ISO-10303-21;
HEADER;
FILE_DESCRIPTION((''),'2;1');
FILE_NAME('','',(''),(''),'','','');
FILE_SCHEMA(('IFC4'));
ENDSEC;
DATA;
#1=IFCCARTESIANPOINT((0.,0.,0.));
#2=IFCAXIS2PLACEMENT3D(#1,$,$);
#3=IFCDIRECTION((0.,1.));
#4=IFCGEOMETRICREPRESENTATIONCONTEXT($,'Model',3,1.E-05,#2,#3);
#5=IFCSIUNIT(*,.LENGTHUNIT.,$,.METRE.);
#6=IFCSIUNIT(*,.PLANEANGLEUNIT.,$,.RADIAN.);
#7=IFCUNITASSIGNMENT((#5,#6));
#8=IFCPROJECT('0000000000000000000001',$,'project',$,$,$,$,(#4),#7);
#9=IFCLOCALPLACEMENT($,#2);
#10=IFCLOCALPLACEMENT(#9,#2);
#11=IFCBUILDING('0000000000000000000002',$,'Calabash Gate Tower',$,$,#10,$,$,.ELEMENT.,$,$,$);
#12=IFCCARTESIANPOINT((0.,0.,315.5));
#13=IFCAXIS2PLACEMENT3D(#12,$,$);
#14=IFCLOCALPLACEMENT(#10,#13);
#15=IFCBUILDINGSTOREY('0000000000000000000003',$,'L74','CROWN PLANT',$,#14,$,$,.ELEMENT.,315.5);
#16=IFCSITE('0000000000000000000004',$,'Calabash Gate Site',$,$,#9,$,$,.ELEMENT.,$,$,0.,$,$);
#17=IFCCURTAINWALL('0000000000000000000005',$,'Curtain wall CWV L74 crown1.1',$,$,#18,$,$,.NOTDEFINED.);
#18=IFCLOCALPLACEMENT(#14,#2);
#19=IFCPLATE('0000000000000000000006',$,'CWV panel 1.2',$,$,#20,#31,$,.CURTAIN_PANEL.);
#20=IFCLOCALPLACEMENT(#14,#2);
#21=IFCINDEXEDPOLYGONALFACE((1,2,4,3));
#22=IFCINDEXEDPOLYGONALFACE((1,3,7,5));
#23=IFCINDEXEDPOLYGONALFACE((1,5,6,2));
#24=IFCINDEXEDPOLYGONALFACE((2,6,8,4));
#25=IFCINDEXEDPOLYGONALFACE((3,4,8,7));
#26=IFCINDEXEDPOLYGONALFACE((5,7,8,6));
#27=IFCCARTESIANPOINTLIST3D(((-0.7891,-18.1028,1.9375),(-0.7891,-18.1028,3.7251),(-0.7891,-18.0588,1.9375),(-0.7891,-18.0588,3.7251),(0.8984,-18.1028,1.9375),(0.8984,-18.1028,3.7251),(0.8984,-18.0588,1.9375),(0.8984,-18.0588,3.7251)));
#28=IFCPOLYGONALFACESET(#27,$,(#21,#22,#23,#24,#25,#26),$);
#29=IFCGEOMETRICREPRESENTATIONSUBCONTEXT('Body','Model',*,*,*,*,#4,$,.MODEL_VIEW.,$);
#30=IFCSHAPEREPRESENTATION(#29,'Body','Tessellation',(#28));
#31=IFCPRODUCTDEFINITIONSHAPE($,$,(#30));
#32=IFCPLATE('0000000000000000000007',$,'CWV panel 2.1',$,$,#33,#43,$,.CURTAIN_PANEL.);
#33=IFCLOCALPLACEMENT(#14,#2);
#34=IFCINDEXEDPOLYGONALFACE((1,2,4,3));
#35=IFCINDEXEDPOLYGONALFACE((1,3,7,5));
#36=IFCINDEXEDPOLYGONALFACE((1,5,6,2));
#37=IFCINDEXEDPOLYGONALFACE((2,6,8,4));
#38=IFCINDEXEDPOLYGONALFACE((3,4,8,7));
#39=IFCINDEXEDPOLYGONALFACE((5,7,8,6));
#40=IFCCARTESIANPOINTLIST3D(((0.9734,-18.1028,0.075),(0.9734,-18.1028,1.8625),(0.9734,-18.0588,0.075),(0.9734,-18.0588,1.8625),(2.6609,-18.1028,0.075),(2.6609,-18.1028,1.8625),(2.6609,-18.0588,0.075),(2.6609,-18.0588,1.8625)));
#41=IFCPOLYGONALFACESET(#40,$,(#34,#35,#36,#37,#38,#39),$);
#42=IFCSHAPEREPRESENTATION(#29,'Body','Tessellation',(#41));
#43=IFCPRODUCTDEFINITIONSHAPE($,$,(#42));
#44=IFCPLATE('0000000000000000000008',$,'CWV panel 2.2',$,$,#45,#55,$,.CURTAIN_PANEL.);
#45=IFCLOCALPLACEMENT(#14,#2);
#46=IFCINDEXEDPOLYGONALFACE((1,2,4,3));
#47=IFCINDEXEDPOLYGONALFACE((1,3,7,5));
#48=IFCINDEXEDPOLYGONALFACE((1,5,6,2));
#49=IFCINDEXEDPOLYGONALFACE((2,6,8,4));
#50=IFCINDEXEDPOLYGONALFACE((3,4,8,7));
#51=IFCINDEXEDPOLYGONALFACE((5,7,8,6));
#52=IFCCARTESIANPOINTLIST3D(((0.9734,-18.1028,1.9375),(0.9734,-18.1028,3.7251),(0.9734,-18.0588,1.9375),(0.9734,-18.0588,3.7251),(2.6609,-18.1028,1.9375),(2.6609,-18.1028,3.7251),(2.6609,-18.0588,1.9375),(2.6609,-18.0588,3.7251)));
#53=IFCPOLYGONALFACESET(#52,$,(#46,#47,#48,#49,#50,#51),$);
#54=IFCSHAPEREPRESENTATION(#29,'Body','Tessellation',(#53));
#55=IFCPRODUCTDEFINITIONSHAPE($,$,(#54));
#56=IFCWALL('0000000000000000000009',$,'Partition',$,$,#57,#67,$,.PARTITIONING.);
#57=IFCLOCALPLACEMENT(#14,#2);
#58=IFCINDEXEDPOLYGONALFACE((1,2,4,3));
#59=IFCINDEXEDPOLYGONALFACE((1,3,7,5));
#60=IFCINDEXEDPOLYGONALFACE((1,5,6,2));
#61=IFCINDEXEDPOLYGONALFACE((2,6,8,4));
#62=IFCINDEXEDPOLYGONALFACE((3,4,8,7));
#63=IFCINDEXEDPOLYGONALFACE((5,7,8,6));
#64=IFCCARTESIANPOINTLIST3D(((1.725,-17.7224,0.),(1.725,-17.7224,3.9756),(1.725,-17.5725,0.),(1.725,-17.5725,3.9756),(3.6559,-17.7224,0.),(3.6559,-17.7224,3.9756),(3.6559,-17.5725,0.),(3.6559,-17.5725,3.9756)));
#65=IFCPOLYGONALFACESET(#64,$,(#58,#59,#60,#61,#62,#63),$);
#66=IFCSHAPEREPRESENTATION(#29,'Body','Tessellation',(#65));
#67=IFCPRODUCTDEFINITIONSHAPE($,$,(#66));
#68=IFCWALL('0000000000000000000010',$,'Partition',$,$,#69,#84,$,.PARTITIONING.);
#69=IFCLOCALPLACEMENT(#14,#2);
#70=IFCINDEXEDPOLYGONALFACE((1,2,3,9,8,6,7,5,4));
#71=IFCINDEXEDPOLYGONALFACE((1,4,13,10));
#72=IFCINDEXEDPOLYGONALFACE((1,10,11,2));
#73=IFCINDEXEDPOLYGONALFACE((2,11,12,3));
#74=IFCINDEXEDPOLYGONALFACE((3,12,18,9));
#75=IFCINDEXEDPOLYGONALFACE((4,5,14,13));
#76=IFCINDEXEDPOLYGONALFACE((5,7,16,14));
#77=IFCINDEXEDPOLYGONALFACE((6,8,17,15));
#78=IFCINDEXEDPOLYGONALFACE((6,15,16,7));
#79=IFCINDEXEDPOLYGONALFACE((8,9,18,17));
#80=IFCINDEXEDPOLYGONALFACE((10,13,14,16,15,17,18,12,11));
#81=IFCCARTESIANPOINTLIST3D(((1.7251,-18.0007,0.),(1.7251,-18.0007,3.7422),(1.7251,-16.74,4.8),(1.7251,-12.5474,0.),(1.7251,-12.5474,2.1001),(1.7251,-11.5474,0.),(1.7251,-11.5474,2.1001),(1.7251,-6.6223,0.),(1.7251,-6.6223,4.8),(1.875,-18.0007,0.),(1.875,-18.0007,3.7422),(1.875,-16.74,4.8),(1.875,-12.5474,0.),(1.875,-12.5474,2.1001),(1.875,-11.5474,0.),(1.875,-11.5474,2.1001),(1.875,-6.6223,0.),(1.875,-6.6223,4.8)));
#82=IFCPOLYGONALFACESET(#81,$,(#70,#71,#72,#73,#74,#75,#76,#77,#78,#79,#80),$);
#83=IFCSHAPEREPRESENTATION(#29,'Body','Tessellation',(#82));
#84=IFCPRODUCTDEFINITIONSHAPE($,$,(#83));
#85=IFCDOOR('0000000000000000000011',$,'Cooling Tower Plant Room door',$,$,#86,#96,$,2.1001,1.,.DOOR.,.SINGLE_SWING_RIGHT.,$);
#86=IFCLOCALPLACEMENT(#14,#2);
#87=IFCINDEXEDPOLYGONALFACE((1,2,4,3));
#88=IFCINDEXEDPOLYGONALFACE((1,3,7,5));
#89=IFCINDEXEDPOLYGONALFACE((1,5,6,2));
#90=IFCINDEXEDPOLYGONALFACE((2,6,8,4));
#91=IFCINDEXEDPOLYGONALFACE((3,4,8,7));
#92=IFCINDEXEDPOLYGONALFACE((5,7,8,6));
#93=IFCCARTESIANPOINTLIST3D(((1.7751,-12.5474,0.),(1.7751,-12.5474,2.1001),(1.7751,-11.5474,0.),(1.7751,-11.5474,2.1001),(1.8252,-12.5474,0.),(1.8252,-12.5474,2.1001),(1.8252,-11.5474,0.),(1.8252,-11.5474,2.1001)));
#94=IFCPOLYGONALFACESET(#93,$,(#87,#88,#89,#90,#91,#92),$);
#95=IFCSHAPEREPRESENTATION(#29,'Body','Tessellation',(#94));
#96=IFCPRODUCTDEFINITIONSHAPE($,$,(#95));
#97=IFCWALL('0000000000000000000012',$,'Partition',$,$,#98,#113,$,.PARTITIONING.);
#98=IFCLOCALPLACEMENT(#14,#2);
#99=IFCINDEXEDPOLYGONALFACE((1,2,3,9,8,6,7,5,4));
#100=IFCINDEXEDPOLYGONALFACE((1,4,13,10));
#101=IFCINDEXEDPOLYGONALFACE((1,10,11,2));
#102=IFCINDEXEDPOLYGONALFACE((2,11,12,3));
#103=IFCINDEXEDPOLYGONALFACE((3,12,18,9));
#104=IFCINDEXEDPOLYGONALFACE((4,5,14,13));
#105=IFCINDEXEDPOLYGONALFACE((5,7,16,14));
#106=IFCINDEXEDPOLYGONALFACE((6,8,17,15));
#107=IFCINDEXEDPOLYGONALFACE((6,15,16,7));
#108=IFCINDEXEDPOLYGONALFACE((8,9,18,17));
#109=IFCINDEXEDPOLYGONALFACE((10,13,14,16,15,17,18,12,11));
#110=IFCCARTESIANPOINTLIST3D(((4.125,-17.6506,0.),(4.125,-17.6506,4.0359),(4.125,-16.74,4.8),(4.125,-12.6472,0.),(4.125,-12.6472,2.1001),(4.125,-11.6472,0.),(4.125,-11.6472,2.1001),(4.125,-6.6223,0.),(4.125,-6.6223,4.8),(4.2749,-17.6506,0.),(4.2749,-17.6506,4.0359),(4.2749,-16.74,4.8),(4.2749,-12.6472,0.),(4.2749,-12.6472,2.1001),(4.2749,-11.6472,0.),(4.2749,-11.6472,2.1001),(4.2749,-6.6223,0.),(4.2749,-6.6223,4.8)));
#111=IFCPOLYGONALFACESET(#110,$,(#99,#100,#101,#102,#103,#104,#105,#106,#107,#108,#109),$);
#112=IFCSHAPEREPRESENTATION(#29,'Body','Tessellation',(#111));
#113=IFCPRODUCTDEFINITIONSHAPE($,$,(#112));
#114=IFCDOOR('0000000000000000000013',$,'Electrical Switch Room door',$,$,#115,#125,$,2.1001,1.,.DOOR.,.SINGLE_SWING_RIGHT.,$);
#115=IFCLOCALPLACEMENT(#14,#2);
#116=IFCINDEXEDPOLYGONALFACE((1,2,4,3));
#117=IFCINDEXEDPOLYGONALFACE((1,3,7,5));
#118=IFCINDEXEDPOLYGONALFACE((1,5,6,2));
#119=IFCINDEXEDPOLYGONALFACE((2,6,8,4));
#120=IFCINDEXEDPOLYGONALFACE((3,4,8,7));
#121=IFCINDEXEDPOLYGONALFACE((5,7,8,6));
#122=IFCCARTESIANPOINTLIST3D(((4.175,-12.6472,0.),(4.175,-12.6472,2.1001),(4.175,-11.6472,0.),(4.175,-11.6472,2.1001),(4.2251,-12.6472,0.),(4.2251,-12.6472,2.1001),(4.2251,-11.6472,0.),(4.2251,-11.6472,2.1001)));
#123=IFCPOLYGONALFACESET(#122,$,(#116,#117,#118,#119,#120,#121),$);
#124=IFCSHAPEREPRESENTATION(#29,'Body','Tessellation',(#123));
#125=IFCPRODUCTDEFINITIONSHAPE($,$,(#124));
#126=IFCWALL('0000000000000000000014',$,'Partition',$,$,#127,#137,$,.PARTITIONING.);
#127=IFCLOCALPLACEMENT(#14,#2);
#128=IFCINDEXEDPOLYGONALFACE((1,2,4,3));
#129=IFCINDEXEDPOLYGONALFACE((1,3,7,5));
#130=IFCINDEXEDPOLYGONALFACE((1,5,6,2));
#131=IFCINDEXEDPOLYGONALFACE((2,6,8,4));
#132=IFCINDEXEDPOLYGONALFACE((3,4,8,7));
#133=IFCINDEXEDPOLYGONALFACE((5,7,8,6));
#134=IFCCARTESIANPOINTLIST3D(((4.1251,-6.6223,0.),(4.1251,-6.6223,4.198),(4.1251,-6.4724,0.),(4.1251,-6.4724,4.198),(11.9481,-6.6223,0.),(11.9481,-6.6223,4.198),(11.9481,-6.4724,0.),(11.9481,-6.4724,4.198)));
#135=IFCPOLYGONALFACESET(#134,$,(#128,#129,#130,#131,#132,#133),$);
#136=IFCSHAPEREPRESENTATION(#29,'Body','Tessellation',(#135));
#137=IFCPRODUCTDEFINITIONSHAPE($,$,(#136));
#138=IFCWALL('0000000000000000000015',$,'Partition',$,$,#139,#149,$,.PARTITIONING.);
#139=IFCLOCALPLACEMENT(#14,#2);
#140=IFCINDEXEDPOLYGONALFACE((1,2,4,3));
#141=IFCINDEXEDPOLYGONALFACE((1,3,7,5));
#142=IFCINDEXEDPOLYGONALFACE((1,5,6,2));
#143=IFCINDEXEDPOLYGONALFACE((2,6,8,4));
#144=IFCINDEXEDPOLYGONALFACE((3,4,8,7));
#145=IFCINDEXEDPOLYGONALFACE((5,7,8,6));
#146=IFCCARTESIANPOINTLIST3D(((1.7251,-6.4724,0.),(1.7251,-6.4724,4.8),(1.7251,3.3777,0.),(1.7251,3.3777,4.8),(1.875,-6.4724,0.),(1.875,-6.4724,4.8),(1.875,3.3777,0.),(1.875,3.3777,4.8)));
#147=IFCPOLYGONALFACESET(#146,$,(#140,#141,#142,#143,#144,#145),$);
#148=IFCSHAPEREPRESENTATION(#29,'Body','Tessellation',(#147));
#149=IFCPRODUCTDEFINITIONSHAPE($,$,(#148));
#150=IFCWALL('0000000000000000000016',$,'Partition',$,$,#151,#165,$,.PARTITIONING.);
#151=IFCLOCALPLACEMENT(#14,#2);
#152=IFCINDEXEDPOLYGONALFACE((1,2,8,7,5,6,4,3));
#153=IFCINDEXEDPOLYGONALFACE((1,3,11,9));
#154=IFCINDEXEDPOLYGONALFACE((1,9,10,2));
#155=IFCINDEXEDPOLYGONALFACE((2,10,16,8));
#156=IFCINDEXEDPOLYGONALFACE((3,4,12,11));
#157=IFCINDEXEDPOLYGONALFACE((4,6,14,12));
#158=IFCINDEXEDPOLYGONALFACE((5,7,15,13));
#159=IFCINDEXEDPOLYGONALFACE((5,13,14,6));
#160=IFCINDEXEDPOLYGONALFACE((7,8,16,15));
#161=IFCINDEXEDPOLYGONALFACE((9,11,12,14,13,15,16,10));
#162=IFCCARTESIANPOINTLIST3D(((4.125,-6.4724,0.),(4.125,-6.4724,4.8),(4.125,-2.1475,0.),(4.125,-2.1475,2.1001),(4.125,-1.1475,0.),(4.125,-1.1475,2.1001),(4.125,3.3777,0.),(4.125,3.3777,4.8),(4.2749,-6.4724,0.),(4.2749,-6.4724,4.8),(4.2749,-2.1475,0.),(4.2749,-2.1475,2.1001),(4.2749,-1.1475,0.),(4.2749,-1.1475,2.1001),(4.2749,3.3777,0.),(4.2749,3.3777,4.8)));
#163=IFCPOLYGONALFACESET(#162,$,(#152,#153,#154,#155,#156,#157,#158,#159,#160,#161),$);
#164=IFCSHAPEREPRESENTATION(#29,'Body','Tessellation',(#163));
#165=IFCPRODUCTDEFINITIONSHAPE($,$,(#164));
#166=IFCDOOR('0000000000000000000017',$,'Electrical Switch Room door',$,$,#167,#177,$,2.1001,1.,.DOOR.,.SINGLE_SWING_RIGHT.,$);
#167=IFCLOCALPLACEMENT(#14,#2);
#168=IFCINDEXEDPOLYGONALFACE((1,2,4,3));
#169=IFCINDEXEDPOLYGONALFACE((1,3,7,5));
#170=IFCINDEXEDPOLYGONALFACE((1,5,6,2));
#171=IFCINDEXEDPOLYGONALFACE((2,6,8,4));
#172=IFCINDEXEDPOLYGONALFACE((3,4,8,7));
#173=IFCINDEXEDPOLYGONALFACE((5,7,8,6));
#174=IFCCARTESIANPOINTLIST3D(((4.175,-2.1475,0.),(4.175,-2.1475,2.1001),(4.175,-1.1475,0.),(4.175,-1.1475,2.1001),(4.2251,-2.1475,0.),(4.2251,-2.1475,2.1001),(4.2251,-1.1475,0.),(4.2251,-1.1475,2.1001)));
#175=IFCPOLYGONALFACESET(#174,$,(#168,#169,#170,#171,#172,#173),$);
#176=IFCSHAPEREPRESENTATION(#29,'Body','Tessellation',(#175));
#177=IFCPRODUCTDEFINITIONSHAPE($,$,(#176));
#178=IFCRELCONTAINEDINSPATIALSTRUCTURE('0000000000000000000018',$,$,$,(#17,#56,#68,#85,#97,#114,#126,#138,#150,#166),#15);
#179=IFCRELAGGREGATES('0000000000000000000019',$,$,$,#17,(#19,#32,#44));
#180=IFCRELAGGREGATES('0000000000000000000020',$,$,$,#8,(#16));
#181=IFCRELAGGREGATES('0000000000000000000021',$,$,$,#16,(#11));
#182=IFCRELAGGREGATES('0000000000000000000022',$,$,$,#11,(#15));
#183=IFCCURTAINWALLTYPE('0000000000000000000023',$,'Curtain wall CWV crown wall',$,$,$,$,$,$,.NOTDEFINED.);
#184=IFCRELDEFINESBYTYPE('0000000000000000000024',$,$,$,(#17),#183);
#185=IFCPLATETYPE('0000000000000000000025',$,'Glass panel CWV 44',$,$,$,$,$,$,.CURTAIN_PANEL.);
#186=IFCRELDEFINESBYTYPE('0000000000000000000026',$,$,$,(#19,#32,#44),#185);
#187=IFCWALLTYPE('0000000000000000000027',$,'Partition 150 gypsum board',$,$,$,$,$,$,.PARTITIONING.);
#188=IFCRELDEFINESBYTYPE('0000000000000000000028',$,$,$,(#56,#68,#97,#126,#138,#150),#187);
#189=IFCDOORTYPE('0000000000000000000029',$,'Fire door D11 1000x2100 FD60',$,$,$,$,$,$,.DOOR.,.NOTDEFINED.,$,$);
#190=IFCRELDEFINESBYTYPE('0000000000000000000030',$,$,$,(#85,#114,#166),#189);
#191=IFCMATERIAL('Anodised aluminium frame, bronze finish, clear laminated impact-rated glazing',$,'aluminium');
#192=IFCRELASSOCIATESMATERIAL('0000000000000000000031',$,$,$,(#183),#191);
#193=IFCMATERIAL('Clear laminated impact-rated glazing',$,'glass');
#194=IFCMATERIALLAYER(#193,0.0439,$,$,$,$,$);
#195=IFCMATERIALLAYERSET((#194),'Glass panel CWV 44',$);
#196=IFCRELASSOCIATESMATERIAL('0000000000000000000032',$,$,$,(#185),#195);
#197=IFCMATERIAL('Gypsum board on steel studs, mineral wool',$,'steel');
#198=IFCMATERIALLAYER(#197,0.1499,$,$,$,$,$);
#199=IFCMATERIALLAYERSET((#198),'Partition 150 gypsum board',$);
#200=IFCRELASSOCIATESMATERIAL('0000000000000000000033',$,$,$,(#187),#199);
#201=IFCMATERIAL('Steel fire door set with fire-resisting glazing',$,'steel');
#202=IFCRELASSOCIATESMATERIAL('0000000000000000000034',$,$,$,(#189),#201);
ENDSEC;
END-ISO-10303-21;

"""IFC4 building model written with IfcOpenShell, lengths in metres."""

from ifc_helpers import new_model, si_unit, direction, frame, frame_2d, origin, origin_2d, place, context, subcontext, project, spatial, polyline, rectangle, outline, extrude, material, layer, layer_set, type_object, element, fill, aggregate, save


model = new_model("IFC4")

# Units and contexts
model_context = context("Model", 3, precision=1e-05, world=origin(), true_north=direction((0.0, 1.0)))
body_context = subcontext(model_context, "Body", "Model", "MODEL_VIEW")
ifc_project = project(units=[si_unit("LENGTHUNIT", "METRE"), si_unit("PLANEANGLEUNIT", "RADIAN")], contexts=[model_context])

# Site, building, storey
site_placement = place(None, origin())
site = spatial("IfcSite", under=ifc_project, at=site_placement, Name="Calabash Gate Site", CompositionType="ELEMENT", RefElevation=0.0)
building_placement = place(site_placement, origin())
building = spatial("IfcBuilding", under=site, at=building_placement, Name="Calabash Gate Tower", CompositionType="ELEMENT")
storey_placement = place(building_placement, frame((0.0, 0.0, 315.5)))
storey = spatial("IfcBuildingStorey", under=building, at=storey_placement, Name="L74", Description="CROWN PLANT", CompositionType="ELEMENT", Elevation=315.5)

# Curtain wall, plates
ifc_material_1 = material(Name="Anodised aluminium frame, bronze finish, clear laminated impact-rated glazing", Category="aluminium")
curtain_wall_type = type_object("IfcCurtainWallType", Name="Curtain wall CWV crown wall", PredefinedType="NOTDEFINED", material=ifc_material_1)
curtain_wall_placement = place(storey_placement, origin())
curtain_wall = element("IfcCurtainWall", 1, at=curtain_wall_placement, inside=storey, type_object=curtain_wall_type, Name="Curtain wall CWV L74 crown1.1", PredefinedType="NOTDEFINED")
ifc_material_2 = material(Name="Clear laminated impact-rated glazing", Category="glass")
ifc_layer_1 = layer(ifc_material_2, 0.0439)
ifc_layer_set_1 = layer_set([ifc_layer_1], Name="Glass panel CWV 44")
plate_type = type_object("IfcPlateType", Name="Glass panel CWV 44", PredefinedType="CURTAIN_PANEL", material=ifc_layer_set_1)
plate_1_placement = place(storey_placement, frame((0.0547, -18.0808, 1.9375), z_axis=(0.0, 0.0, 1.0), x_axis=(1.0, 0.0, 0.0)))
plate_1 = element("IfcPlate", 2, at=plate_1_placement, type_object=plate_type, Name="CWV panel 1.2", PredefinedType="CURTAIN_PANEL", context=body_context, shape_type="SweptSolid", body=[
    extrude(rectangle(XDim=1.6875, YDim=0.0439, at=origin_2d()), origin(), (0.0, 0.0, 1.0), 1.7876),
])
plate_2_placement = place(storey_placement, frame((1.8171, -18.0808, 0.075), z_axis=(0.0, 0.0, 1.0), x_axis=(1.0, 0.0, 0.0)))
plate_2 = element("IfcPlate", 3, at=plate_2_placement, type_object=plate_type, Name="CWV panel 2.1", PredefinedType="CURTAIN_PANEL", context=body_context, shape_type="SweptSolid", body=[
    extrude(rectangle(XDim=1.6875, YDim=0.0439, at=origin_2d()), origin(), (0.0, 0.0, 1.0), 1.7876),
])
plate_3_placement = place(storey_placement, frame((1.8171, -18.0808, 1.9375), z_axis=(0.0, 0.0, 1.0), x_axis=(1.0, 0.0, 0.0)))
plate_3 = element("IfcPlate", 4, at=plate_3_placement, type_object=plate_type, Name="CWV panel 2.2", PredefinedType="CURTAIN_PANEL", context=body_context, shape_type="SweptSolid", body=[
    extrude(rectangle(XDim=1.6875, YDim=0.0439, at=origin_2d()), origin(), (0.0, 0.0, 1.0), 1.7876),
])
aggregate(curtain_wall, [plate_1, plate_2, plate_3])

# Wall
ifc_material_3 = material(Name="Gypsum board on steel studs, mineral wool", Category="steel")
ifc_layer_2 = layer(ifc_material_3, 0.1499)
ifc_layer_set_2 = layer_set([ifc_layer_2], Name="Partition 150 gypsum board")
wall_type_1 = type_object("IfcWallType", Name="Partition 150 gypsum board", PredefinedType="PARTITIONING", material=ifc_layer_set_2)
wall_1_placement = place(storey_placement, frame((1.7251, -17.6475, 0.0), z_axis=(0.0, 0.0, 1.0), x_axis=(1.0, 0.0, 0.0)))
element("IfcWall", 5, at=wall_1_placement, inside=storey, type_object=wall_type_1, Name="Partition", PredefinedType="PARTITIONING", context=body_context, shape_type="SweptSolid", body=[
    extrude(rectangle(XDim=1.9309, YDim=0.1499, at=frame_2d((0.9653, 0.0))), origin(), (0.0, 0.0, 1.0), 3.9756),
])

# Walls, openings, doors
wall_2_placement = place(storey_placement, frame((1.8, -18.0007, 0.0), z_axis=(0.0, 0.0, 1.0), x_axis=(0.0, 1.0, 0.0)))
wall_2 = element("IfcWall", 6, at=wall_2_placement, inside=storey, type_object=wall_type_1, Name="Partition", PredefinedType="PARTITIONING", context=body_context, shape_type="SweptSolid", body=[
    extrude(outline(polyline([(0.0, 0.0), (11.3784, 0.0), (11.3784, 4.8), (1.2607, 4.8), (0.0, 3.7422), (0.0, 0.0)])), frame((0.0, 0.075, 0.0), z_axis=(0.0, -1.0, 0.0), x_axis=(1.0, 0.0, 0.0)), (0.0, 0.0, 1.0), 0.1499),
])
opening_1_placement = place(wall_2_placement, frame((5.4534, 0.0, 0.0)))
opening_1 = element("IfcOpeningElement", 7, at=opening_1_placement, cuts=wall_2, PredefinedType="OPENING", context=body_context, shape_type="SweptSolid", body=[
    extrude(rectangle(XDim=1.0, YDim=2.1001, at=frame_2d((0.5, 1.05))), frame((0.0, 0.085, 0.0), z_axis=(0.0, -1.0, 0.0), x_axis=(1.0, 0.0, 0.0)), (0.0, 0.0, 1.0), 0.1699),
])
ifc_material_4 = material(Name="Steel fire door set with fire-resisting glazing", Category="steel")
door_type = type_object("IfcDoorType", Name="Fire door D11 1000x2100 FD60", OperationType="NOTDEFINED", PredefinedType="DOOR", material=ifc_material_4)
door_1_placement = place(opening_1_placement, origin())
door_1 = element("IfcDoor", 8, at=door_1_placement, inside=storey, type_object=door_type, Name="Cooling Tower Plant Room door", OperationType="SINGLE_SWING_RIGHT", OverallHeight=2.1001, OverallWidth=1.0, PredefinedType="DOOR", context=body_context, shape_type="SweptSolid", body=[
    extrude(rectangle(XDim=1.0, YDim=2.1001, at=frame_2d((0.5, 1.05))), frame((0.0, 0.0249, 0.0), z_axis=(0.0, -1.0, 0.0), x_axis=(1.0, 0.0, 0.0)), (0.0, 0.0, 1.0), 0.05),
])
fill(opening_1, door_1)
wall_3_placement = place(storey_placement, frame((4.2, -17.6506, 0.0), z_axis=(0.0, 0.0, 1.0), x_axis=(0.0, 1.0, 0.0)))
wall_3 = element("IfcWall", 9, at=wall_3_placement, inside=storey, type_object=wall_type_1, Name="Partition", PredefinedType="PARTITIONING", context=body_context, shape_type="SweptSolid", body=[
    extrude(outline(polyline([(0.0, 0.0), (11.0283, 0.0), (11.0283, 4.8), (0.9106, 4.8), (0.0, 4.0359), (0.0, 0.0)])), frame((0.0, 0.075, 0.0), z_axis=(0.0, -1.0, 0.0), x_axis=(1.0, 0.0, 0.0)), (0.0, 0.0, 1.0), 0.1499),
])
opening_2_placement = place(wall_3_placement, frame((5.0034, 0.0, 0.0)))
opening_2 = element("IfcOpeningElement", 10, at=opening_2_placement, cuts=wall_3, PredefinedType="OPENING", context=body_context, shape_type="SweptSolid", body=[
    extrude(rectangle(XDim=1.0, YDim=2.1001, at=frame_2d((0.5, 1.05))), frame((0.0, 0.085, 0.0), z_axis=(0.0, -1.0, 0.0), x_axis=(1.0, 0.0, 0.0)), (0.0, 0.0, 1.0), 0.1699),
])
door_2_placement = place(opening_2_placement, origin())
door_2 = element("IfcDoor", 11, at=door_2_placement, inside=storey, type_object=door_type, Name="Electrical Switch Room door", OperationType="SINGLE_SWING_RIGHT", OverallHeight=2.1001, OverallWidth=1.0, PredefinedType="DOOR", context=body_context, shape_type="SweptSolid", body=[
    extrude(rectangle(XDim=1.0, YDim=2.1001, at=frame_2d((0.5, 1.05))), frame((0.0, 0.0249, 0.0), z_axis=(0.0, -1.0, 0.0), x_axis=(1.0, 0.0, 0.0)), (0.0, 0.0, 1.0), 0.05),
])
fill(opening_2, door_2)

# Walls
wall_4_placement = place(storey_placement, frame((4.125, -6.5474, 0.0), z_axis=(0.0, 0.0, 1.0), x_axis=(1.0, 0.0, 0.0)))
element("IfcWall", 12, at=wall_4_placement, inside=storey, type_object=wall_type_1, Name="Partition", PredefinedType="PARTITIONING", context=body_context, shape_type="SweptSolid", body=[
    extrude(rectangle(XDim=7.823, YDim=0.1499, at=frame_2d((3.9116, 0.0))), origin(), (0.0, 0.0, 1.0), 4.198),
])
wall_5_placement = place(storey_placement, frame((1.8, -6.4724, 0.0), z_axis=(0.0, 0.0, 1.0), x_axis=(0.0, 1.0, 0.0)))
element("IfcWall", 13, at=wall_5_placement, inside=storey, type_object=wall_type_1, Name="Partition", PredefinedType="PARTITIONING", context=body_context, shape_type="SweptSolid", body=[
    extrude(rectangle(XDim=9.8501, YDim=0.1499, at=frame_2d((4.925, 0.0))), origin(), (0.0, 0.0, 1.0), 4.8),
])

# Wall, opening, door
wall_6_placement = place(storey_placement, frame((4.2, -6.4724, 0.0), z_axis=(0.0, 0.0, 1.0), x_axis=(0.0, 1.0, 0.0)))
wall_6 = element("IfcWall", 14, at=wall_6_placement, inside=storey, type_object=wall_type_1, Name="Partition", PredefinedType="PARTITIONING", context=body_context, shape_type="SweptSolid", body=[
    extrude(rectangle(XDim=9.8501, YDim=0.1499, at=frame_2d((4.925, 0.0))), origin(), (0.0, 0.0, 1.0), 4.8),
])
opening_3_placement = place(wall_6_placement, frame((4.325, 0.0, 0.0)))
opening_3 = element("IfcOpeningElement", 15, at=opening_3_placement, cuts=wall_6, PredefinedType="OPENING", context=body_context, shape_type="SweptSolid", body=[
    extrude(rectangle(XDim=1.0, YDim=2.1001, at=frame_2d((0.5, 1.05))), frame((0.0, 0.085, 0.0), z_axis=(0.0, -1.0, 0.0), x_axis=(1.0, 0.0, 0.0)), (0.0, 0.0, 1.0), 0.1699),
])
door_3_placement = place(opening_3_placement, origin())
door_3 = element("IfcDoor", 16, at=door_3_placement, inside=storey, type_object=door_type, Name="Electrical Switch Room door", OperationType="SINGLE_SWING_RIGHT", OverallHeight=2.1001, OverallWidth=1.0, PredefinedType="DOOR", context=body_context, shape_type="SweptSolid", body=[
    extrude(rectangle(XDim=1.0, YDim=2.1001, at=frame_2d((0.5, 1.05))), frame((0.0, 0.0249, 0.0), z_axis=(0.0, -1.0, 0.0), x_axis=(1.0, 0.0, 0.0)), (0.0, 0.0, 1.0), 0.05),
])
fill(opening_3, door_3)

save(model, "model.ifc")
